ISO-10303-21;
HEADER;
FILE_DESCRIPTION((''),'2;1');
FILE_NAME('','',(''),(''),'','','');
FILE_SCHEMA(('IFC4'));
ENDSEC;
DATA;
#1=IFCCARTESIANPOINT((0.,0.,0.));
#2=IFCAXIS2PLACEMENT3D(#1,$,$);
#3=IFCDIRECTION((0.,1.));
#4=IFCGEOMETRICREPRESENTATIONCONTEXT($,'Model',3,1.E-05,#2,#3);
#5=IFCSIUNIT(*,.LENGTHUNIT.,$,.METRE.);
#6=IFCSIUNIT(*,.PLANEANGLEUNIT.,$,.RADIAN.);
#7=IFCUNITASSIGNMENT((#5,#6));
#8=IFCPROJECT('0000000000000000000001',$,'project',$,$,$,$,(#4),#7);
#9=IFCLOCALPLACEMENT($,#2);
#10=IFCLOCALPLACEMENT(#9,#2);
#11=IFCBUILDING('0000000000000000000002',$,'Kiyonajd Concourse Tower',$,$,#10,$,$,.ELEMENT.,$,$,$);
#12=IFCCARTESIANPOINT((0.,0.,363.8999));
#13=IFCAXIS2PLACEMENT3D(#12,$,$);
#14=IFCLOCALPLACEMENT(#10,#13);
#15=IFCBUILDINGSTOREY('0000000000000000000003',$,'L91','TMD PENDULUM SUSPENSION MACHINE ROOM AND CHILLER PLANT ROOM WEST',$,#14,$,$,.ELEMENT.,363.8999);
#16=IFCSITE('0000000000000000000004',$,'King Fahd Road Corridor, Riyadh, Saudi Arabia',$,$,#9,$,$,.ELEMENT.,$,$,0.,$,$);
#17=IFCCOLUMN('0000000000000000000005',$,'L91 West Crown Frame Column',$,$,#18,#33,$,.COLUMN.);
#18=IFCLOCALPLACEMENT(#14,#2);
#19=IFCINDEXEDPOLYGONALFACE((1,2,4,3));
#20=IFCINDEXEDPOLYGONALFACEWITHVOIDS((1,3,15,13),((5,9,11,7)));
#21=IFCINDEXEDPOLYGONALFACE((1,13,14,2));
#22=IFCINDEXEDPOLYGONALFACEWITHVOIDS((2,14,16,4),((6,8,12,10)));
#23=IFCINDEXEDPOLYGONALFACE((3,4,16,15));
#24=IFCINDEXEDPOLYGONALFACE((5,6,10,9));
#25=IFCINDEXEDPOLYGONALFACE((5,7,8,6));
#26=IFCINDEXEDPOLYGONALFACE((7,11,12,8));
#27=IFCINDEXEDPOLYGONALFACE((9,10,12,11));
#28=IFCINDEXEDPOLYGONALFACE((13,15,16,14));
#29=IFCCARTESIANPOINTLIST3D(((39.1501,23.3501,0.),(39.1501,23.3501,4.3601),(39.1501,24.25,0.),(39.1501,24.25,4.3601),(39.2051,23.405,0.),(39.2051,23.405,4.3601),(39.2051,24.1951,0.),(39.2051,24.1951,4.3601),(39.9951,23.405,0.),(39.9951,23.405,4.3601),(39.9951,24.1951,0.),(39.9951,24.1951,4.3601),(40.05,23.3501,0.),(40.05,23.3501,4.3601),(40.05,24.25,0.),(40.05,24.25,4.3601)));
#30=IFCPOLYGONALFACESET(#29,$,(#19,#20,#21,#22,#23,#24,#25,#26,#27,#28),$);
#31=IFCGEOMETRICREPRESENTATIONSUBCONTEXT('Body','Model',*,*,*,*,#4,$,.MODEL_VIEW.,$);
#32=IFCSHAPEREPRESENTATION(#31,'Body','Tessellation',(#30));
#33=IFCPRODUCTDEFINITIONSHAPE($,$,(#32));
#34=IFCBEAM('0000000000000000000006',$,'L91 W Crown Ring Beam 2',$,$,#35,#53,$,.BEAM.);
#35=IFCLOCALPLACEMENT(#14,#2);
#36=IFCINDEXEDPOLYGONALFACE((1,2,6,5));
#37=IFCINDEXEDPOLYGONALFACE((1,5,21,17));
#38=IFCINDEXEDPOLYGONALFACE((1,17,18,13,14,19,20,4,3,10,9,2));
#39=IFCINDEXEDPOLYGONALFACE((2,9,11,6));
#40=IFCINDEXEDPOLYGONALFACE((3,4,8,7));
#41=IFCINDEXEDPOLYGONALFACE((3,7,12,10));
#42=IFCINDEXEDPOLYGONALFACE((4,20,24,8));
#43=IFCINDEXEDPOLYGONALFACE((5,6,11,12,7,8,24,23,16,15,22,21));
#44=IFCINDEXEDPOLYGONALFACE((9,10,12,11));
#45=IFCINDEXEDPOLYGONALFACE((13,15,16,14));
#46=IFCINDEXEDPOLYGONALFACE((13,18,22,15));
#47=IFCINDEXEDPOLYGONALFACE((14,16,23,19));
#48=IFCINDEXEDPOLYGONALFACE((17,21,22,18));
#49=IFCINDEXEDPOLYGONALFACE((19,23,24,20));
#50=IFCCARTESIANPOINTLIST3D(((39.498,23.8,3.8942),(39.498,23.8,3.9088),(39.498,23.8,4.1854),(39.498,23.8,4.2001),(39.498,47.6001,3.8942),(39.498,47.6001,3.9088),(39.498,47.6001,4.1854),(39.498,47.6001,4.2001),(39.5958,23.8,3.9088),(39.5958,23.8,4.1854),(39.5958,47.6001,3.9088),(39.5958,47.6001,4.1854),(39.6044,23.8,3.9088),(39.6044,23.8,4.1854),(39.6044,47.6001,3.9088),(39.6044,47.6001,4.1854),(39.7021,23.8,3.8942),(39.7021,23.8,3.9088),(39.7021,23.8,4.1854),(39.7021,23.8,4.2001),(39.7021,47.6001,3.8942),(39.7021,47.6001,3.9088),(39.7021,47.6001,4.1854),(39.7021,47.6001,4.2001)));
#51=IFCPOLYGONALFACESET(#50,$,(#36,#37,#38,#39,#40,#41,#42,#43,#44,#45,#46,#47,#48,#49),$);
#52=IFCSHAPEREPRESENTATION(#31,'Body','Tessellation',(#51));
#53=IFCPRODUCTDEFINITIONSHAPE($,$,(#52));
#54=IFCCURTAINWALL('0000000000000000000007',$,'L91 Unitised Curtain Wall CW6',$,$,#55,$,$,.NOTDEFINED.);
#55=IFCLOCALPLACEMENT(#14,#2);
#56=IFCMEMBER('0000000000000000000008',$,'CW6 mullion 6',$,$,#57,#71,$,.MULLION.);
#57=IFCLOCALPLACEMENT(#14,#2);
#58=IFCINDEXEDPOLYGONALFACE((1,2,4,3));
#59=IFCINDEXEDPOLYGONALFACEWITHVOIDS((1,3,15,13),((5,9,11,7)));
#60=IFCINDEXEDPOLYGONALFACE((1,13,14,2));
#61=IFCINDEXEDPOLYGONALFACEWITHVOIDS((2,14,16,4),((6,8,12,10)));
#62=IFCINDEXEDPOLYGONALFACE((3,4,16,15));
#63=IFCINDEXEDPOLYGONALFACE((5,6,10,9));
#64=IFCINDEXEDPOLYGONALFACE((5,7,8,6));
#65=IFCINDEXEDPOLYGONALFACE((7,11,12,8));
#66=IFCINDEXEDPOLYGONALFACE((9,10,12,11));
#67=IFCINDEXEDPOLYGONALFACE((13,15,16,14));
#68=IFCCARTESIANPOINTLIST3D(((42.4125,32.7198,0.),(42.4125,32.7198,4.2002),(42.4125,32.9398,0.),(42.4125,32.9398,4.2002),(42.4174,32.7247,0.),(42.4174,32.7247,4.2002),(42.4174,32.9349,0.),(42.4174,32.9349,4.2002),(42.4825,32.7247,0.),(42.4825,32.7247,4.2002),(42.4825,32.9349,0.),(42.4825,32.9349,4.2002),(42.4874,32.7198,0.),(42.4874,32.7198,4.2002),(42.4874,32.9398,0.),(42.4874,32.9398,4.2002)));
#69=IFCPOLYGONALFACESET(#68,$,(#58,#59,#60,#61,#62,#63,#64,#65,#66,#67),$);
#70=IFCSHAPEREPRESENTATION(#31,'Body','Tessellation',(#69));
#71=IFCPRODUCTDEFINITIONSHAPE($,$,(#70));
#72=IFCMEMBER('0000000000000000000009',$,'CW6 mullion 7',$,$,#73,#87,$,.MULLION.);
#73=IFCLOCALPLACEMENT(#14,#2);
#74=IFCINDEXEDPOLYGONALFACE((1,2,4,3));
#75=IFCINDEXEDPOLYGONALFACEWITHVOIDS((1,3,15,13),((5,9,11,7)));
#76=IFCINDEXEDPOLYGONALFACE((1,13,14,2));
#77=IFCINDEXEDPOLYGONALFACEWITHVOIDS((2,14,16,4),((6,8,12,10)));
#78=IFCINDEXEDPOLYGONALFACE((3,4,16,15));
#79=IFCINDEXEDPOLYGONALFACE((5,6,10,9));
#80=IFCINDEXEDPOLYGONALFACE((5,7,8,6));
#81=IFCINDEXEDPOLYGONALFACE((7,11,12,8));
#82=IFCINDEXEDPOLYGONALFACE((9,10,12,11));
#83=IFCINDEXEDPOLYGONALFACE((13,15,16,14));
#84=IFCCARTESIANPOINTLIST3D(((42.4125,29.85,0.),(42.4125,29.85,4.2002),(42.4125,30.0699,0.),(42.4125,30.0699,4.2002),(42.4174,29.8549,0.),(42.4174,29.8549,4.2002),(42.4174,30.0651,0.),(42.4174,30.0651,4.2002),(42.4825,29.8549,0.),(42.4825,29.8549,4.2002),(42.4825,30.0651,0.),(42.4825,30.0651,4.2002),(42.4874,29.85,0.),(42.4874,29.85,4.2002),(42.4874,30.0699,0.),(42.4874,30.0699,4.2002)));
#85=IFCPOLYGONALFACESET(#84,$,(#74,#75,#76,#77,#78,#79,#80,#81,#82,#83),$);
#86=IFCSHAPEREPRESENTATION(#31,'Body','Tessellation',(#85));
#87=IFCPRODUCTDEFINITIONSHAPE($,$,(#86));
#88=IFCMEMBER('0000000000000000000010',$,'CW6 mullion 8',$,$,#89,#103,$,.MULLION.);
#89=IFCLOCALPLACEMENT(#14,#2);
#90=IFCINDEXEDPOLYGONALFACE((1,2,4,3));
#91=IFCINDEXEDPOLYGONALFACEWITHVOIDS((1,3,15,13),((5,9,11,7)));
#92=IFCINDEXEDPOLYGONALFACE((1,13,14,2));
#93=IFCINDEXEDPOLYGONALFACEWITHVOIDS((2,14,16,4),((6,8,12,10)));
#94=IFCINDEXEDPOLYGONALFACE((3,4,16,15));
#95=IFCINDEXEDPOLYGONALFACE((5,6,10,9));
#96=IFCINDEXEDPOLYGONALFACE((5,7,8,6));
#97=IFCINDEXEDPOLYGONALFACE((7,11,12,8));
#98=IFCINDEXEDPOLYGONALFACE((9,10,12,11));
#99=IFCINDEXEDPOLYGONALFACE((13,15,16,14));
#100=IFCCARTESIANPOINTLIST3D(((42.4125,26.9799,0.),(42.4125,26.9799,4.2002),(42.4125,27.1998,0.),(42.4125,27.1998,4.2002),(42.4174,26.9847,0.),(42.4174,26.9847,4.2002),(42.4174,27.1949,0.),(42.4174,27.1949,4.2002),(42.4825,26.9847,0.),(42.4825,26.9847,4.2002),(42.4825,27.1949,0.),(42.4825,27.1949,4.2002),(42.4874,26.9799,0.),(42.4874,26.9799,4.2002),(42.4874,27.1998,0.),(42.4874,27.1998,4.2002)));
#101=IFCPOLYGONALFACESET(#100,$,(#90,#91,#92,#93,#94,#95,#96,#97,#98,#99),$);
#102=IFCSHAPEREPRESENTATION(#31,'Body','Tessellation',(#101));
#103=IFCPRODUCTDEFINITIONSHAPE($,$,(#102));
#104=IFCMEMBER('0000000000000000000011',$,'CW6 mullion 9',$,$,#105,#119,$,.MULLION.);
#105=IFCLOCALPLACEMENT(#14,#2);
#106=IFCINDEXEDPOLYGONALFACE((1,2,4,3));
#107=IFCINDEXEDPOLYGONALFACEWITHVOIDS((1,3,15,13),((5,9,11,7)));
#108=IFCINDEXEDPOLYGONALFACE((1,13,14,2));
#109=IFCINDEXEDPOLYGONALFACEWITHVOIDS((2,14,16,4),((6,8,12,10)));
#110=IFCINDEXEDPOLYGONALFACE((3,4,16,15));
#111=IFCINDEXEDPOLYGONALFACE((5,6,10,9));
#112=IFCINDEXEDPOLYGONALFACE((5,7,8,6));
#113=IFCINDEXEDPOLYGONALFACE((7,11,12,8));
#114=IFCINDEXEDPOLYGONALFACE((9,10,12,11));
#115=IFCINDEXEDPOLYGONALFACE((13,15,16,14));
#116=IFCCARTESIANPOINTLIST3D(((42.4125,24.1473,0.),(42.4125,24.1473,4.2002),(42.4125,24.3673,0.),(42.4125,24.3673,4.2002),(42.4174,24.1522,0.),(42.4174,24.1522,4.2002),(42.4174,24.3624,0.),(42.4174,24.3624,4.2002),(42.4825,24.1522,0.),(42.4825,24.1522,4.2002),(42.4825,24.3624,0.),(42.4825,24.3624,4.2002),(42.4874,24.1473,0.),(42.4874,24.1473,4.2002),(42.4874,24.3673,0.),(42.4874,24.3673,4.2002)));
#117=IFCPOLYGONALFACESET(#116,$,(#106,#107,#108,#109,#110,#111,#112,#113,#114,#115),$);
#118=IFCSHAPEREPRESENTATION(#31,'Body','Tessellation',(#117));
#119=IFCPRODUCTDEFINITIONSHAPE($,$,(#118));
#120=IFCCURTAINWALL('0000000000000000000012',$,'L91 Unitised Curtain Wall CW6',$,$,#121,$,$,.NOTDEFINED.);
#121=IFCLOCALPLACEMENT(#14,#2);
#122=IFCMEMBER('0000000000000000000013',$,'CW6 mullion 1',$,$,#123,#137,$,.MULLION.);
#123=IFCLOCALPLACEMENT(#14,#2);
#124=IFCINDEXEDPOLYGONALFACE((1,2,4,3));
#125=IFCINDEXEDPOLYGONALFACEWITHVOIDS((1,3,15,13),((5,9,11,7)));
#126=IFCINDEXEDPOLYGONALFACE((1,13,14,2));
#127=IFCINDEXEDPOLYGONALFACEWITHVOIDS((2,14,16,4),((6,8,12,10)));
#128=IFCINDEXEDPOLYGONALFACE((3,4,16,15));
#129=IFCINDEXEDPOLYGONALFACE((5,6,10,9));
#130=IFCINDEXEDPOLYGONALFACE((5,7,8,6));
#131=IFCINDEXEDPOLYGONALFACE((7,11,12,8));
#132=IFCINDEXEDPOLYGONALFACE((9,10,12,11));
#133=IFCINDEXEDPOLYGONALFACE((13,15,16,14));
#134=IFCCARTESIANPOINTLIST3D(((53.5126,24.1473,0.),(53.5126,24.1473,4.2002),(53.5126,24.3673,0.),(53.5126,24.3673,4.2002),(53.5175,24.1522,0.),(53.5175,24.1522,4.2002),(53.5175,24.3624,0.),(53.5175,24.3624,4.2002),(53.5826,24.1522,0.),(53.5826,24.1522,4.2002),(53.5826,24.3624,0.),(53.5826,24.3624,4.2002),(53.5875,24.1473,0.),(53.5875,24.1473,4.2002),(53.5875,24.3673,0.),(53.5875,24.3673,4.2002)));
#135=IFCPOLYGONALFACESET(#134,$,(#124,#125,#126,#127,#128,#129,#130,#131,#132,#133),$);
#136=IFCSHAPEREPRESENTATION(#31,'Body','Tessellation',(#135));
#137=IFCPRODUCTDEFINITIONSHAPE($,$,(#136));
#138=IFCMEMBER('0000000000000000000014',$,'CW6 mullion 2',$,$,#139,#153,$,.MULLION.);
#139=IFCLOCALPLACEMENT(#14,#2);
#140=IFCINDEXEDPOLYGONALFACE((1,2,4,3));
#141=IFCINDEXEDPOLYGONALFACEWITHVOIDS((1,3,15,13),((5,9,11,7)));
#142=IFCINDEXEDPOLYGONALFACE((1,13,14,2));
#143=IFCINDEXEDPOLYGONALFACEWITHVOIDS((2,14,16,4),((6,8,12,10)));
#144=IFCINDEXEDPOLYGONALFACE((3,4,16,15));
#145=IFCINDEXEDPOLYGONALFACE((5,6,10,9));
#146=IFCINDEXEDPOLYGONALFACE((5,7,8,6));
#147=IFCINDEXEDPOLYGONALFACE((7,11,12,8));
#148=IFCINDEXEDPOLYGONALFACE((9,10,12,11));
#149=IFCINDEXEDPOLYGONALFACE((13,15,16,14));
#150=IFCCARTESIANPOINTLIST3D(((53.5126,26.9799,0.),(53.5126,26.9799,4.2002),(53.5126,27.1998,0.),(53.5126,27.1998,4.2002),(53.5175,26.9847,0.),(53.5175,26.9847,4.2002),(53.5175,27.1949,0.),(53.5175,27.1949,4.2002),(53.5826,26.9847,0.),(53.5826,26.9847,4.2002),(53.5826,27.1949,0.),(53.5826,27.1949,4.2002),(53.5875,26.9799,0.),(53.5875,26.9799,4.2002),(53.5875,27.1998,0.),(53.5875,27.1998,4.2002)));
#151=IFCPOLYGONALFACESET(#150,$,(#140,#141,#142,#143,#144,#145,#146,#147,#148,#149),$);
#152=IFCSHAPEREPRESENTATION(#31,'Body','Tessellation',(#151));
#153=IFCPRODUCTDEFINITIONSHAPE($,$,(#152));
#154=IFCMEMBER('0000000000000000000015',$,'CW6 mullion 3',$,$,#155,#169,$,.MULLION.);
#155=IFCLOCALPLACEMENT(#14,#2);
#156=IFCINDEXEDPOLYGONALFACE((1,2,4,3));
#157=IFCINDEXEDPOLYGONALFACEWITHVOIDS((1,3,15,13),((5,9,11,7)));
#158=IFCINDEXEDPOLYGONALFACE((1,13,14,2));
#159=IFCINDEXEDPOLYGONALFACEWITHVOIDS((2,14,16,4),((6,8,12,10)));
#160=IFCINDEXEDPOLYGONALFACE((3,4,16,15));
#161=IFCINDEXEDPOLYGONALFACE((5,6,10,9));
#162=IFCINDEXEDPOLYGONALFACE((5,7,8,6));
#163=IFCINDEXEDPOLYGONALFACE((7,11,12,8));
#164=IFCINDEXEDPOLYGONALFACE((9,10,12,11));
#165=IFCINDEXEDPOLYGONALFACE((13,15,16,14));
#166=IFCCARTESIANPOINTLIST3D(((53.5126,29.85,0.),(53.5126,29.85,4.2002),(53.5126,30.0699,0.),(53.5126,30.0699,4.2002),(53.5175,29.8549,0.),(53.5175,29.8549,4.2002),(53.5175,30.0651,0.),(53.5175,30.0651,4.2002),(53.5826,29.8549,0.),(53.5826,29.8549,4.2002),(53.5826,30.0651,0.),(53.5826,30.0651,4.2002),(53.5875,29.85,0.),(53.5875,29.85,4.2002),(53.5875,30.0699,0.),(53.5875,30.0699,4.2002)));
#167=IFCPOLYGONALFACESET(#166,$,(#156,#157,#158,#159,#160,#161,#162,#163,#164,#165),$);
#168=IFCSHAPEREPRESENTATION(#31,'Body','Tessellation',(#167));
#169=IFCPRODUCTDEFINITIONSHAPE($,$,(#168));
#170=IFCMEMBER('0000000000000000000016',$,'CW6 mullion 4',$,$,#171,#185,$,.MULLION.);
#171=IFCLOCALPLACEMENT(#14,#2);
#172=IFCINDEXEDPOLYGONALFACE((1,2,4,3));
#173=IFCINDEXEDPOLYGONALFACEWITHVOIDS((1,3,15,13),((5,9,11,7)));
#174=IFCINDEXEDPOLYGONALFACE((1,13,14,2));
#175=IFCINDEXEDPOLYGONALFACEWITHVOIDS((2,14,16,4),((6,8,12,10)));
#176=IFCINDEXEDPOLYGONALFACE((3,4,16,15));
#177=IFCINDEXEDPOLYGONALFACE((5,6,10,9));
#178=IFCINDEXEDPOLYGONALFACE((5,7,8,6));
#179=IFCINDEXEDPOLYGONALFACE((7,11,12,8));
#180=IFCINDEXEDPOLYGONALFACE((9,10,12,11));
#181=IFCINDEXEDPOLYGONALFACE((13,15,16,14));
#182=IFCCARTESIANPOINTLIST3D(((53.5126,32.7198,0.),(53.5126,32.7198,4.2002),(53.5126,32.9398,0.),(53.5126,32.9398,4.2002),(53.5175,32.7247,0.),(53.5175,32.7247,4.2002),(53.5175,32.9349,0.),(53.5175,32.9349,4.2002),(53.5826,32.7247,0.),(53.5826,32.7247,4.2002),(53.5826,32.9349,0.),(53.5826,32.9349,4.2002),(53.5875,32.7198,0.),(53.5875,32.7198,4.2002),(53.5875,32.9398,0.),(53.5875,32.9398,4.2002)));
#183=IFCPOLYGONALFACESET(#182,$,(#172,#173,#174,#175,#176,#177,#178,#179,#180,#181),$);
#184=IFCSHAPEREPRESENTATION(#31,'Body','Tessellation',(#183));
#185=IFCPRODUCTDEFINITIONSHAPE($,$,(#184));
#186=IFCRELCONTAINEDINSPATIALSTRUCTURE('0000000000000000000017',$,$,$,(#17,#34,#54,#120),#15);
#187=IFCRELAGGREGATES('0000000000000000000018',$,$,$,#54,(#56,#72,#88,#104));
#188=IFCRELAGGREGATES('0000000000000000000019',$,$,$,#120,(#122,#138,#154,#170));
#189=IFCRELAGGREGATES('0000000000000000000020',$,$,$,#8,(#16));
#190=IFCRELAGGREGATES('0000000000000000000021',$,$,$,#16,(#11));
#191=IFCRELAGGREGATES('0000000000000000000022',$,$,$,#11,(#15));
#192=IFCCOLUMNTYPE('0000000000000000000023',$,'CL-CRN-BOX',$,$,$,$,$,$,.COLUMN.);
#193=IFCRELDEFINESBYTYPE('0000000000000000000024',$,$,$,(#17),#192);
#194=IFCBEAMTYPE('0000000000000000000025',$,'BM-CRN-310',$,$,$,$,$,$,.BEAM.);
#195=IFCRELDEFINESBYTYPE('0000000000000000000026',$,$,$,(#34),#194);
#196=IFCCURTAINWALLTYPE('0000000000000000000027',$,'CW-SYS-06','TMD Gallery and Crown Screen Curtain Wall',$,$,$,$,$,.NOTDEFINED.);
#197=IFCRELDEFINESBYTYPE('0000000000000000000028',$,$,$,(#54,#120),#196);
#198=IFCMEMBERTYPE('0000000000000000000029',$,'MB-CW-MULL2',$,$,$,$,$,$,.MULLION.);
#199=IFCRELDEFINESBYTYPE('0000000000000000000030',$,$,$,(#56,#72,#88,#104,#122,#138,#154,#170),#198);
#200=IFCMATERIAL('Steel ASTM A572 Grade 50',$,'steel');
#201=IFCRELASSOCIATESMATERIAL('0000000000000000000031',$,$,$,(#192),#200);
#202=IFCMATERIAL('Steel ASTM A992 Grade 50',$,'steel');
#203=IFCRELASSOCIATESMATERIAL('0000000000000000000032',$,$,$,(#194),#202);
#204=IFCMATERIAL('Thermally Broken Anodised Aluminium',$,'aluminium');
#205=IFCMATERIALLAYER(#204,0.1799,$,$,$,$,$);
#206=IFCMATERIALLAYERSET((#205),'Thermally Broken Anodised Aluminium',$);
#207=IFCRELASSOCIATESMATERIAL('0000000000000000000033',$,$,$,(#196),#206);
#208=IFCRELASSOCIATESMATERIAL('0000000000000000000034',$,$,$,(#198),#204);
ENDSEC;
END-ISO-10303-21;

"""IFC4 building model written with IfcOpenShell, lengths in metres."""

from ifc_helpers import new_model, si_unit, direction, frame, origin, origin_2d, place, context, subcontext, project, spatial, hollow_rectangle, i_section, extrude, material, layer, layer_set, material_profile, profile_set, type_object, element, aggregate, save


model = new_model("IFC4")

# Units and contexts
model_context = context("Model", 3, precision=1e-05, world=origin(), true_north=direction((0.0, 1.0)))
body_context = subcontext(model_context, "Body", "Model", "MODEL_VIEW")
ifc_project = project(units=[si_unit("LENGTHUNIT", "METRE"), si_unit("PLANEANGLEUNIT", "RADIAN")], contexts=[model_context])

# Site, building, storey
site_placement = place(None, origin())
site = spatial("IfcSite", under=ifc_project, at=site_placement, Name="King Fahd Road Corridor, Riyadh, Saudi Arabia", CompositionType="ELEMENT", RefElevation=0.0)
building_placement = place(site_placement, origin())
building = spatial("IfcBuilding", under=site, at=building_placement, Name="Kiyonajd Concourse Tower", CompositionType="ELEMENT")
storey_placement = place(building_placement, frame((0.0, 0.0, 363.8999)))
storey = spatial("IfcBuildingStorey", under=building, at=storey_placement, Name="L91", Description="TMD PENDULUM SUSPENSION MACHINE ROOM AND CHILLER PLANT ROOM WEST", CompositionType="ELEMENT", Elevation=363.8999)

# Column
ifc_material_1 = material(Name="Steel ASTM A572 Grade 50", Category="steel")
ifc_material_profile_1 = material_profile(ifc_material_1, hollow_rectangle(XDim=0.8999, YDim=0.8999, WallThickness=0.0549, at=origin_2d()), Name="BOX-900x900x55")
ifc_profile_set_1 = profile_set([ifc_material_profile_1], Name="Steel ASTM A572 Grade 50")
column_type = type_object("IfcColumnType", Name="CL-CRN-BOX", PredefinedType="COLUMN", material=ifc_profile_set_1)
column_placement = place(storey_placement, frame((39.6001, 23.8, 0.0), z_axis=(0.0, 0.0, 1.0), x_axis=(1.0, 0.0, 0.0)))
element("IfcColumn", 1, at=column_placement, inside=storey, type_object=column_type, Name="L91 West Crown Frame Column", PredefinedType="COLUMN", context=body_context, shape_type="SweptSolid", body=[
    extrude(hollow_rectangle(XDim=0.8999, YDim=0.8999, WallThickness=0.0549, at=origin_2d()), origin(), (0.0, 0.0, 1.0), 4.3601),
])

# Beam
ifc_material_2 = material(Name="Steel ASTM A992 Grade 50", Category="steel")
ifc_material_profile_2 = material_profile(ifc_material_2, i_section(OverallWidth=0.2041, OverallDepth=0.3059, WebThickness=0.0085, FlangeThickness=0.0146, at=origin_2d()), Name="W310X67")
ifc_profile_set_2 = profile_set([ifc_material_profile_2], Name="Steel ASTM A992 Grade 50")
beam_type = type_object("IfcBeamType", Name="BM-CRN-310", PredefinedType="BEAM", material=ifc_profile_set_2)
beam_placement = place(storey_placement, frame((39.6001, 23.8, 4.0471), z_axis=(0.0, 1.0, 0.0), x_axis=(-1.0, 0.0, 0.0)))
element("IfcBeam", 2, at=beam_placement, inside=storey, type_object=beam_type, Name="L91 W Crown Ring Beam 2", PredefinedType="BEAM", context=body_context, shape_type="SweptSolid", body=[
    extrude(i_section(OverallWidth=0.2041, OverallDepth=0.3059, WebThickness=0.0085, FlangeThickness=0.0146, at=origin_2d()), origin(), (0.0, 0.0, 1.0), 23.8),
])

# Curtain walls, members
ifc_material_3 = material(Name="Thermally Broken Anodised Aluminium", Category="aluminium")
ifc_layer_1 = layer(ifc_material_3, 0.1799)
ifc_layer_set_1 = layer_set([ifc_layer_1], Name="Thermally Broken Anodised Aluminium")
curtain_wall_type = type_object("IfcCurtainWallType", Name="CW-SYS-06", Description="TMD Gallery and Crown Screen Curtain Wall", PredefinedType="NOTDEFINED", material=ifc_layer_set_1)
curtain_wall_1_placement = place(storey_placement, origin())
curtain_wall_1 = element("IfcCurtainWall", 3, at=curtain_wall_1_placement, inside=storey, type_object=curtain_wall_type, Name="L91 Unitised Curtain Wall CW6", PredefinedType="NOTDEFINED")
ifc_material_profile_3 = material_profile(ifc_material_3, hollow_rectangle(XDim=0.075, YDim=0.22, WallThickness=0.0049, at=origin_2d()), Name="MULL-75x220")
ifc_profile_set_3 = profile_set([ifc_material_profile_3], Name="Thermally Broken Anodised Aluminium")
member_type_1 = type_object("IfcMemberType", Name="MB-CW-MULL2", PredefinedType="MULLION", material=ifc_profile_set_3)
member_1_placement = place(storey_placement, frame((42.45, 32.8298, 0.0), z_axis=(0.0, 0.0, 1.0), x_axis=(1.0, 0.0, 0.0)))
member_1 = element("IfcMember", 4, at=member_1_placement, type_object=member_type_1, Name="CW6 mullion 6", PredefinedType="MULLION", context=body_context, shape_type="SweptSolid", body=[
    extrude(hollow_rectangle(XDim=0.075, YDim=0.22, WallThickness=0.0049, at=origin_2d()), origin(), (0.0, 0.0, 1.0), 4.2002),
])
member_2_placement = place(storey_placement, frame((42.45, 29.96, 0.0), z_axis=(0.0, 0.0, 1.0), x_axis=(1.0, 0.0, 0.0)))
member_2 = element("IfcMember", 5, at=member_2_placement, type_object=member_type_1, Name="CW6 mullion 7", PredefinedType="MULLION", context=body_context, shape_type="SweptSolid", body=[
    extrude(hollow_rectangle(XDim=0.075, YDim=0.22, WallThickness=0.0049, at=origin_2d()), origin(), (0.0, 0.0, 1.0), 4.2002),
])
member_3_placement = place(storey_placement, frame((42.45, 27.0898, 0.0), z_axis=(0.0, 0.0, 1.0), x_axis=(1.0, 0.0, 0.0)))
member_3 = element("IfcMember", 6, at=member_3_placement, type_object=member_type_1, Name="CW6 mullion 8", PredefinedType="MULLION", context=body_context, shape_type="SweptSolid", body=[
    extrude(hollow_rectangle(XDim=0.075, YDim=0.22, WallThickness=0.0049, at=origin_2d()), origin(), (0.0, 0.0, 1.0), 4.2002),
])
member_4_placement = place(storey_placement, frame((42.45, 24.2573, 0.0), z_axis=(0.0, 0.0, 1.0), x_axis=(1.0, 0.0, 0.0)))
member_4 = element("IfcMember", 7, at=member_4_placement, type_object=member_type_1, Name="CW6 mullion 9", PredefinedType="MULLION", context=body_context, shape_type="SweptSolid", body=[
    extrude(hollow_rectangle(XDim=0.075, YDim=0.22, WallThickness=0.0049, at=origin_2d()), origin(), (0.0, 0.0, 1.0), 4.2002),
])
curtain_wall_2_placement = place(storey_placement, origin())
curtain_wall_2 = element("IfcCurtainWall", 8, at=curtain_wall_2_placement, inside=storey, type_object=curtain_wall_type, Name="L91 Unitised Curtain Wall CW6", PredefinedType="NOTDEFINED")
member_5_placement = place(storey_placement, frame((53.55, 24.2573, 0.0), z_axis=(0.0, 0.0, 1.0), x_axis=(-1.0, 0.0, 0.0)))
member_5 = element("IfcMember", 9, at=member_5_placement, type_object=member_type_1, Name="CW6 mullion 1", PredefinedType="MULLION", context=body_context, shape_type="SweptSolid", body=[
    extrude(hollow_rectangle(XDim=0.075, YDim=0.22, WallThickness=0.0049, at=origin_2d()), origin(), (0.0, 0.0, 1.0), 4.2002),
])
member_6_placement = place(storey_placement, frame((53.55, 27.0898, 0.0), z_axis=(0.0, 0.0, 1.0), x_axis=(-1.0, 0.0, 0.0)))
member_6 = element("IfcMember", 10, at=member_6_placement, type_object=member_type_1, Name="CW6 mullion 2", PredefinedType="MULLION", context=body_context, shape_type="SweptSolid", body=[
    extrude(hollow_rectangle(XDim=0.075, YDim=0.22, WallThickness=0.0049, at=origin_2d()), origin(), (0.0, 0.0, 1.0), 4.2002),
])
member_7_placement = place(storey_placement, frame((53.55, 29.96, 0.0), z_axis=(0.0, 0.0, 1.0), x_axis=(-1.0, 0.0, 0.0)))
member_7 = element("IfcMember", 11, at=member_7_placement, type_object=member_type_1, Name="CW6 mullion 3", PredefinedType="MULLION", context=body_context, shape_type="SweptSolid", body=[
    extrude(hollow_rectangle(XDim=0.075, YDim=0.22, WallThickness=0.0049, at=origin_2d()), origin(), (0.0, 0.0, 1.0), 4.2002),
])
member_8_placement = place(storey_placement, frame((53.55, 32.8298, 0.0), z_axis=(0.0, 0.0, 1.0), x_axis=(-1.0, 0.0, 0.0)))
member_8 = element("IfcMember", 12, at=member_8_placement, type_object=member_type_1, Name="CW6 mullion 4", PredefinedType="MULLION", context=body_context, shape_type="SweptSolid", body=[
    extrude(hollow_rectangle(XDim=0.075, YDim=0.22, WallThickness=0.0049, at=origin_2d()), origin(), (0.0, 0.0, 1.0), 4.2002),
])

aggregate(curtain_wall_1, [member_1, member_2, member_3, member_4])
aggregate(curtain_wall_2, [member_5, member_6, member_7, member_8])

save(model, "model.ifc")
